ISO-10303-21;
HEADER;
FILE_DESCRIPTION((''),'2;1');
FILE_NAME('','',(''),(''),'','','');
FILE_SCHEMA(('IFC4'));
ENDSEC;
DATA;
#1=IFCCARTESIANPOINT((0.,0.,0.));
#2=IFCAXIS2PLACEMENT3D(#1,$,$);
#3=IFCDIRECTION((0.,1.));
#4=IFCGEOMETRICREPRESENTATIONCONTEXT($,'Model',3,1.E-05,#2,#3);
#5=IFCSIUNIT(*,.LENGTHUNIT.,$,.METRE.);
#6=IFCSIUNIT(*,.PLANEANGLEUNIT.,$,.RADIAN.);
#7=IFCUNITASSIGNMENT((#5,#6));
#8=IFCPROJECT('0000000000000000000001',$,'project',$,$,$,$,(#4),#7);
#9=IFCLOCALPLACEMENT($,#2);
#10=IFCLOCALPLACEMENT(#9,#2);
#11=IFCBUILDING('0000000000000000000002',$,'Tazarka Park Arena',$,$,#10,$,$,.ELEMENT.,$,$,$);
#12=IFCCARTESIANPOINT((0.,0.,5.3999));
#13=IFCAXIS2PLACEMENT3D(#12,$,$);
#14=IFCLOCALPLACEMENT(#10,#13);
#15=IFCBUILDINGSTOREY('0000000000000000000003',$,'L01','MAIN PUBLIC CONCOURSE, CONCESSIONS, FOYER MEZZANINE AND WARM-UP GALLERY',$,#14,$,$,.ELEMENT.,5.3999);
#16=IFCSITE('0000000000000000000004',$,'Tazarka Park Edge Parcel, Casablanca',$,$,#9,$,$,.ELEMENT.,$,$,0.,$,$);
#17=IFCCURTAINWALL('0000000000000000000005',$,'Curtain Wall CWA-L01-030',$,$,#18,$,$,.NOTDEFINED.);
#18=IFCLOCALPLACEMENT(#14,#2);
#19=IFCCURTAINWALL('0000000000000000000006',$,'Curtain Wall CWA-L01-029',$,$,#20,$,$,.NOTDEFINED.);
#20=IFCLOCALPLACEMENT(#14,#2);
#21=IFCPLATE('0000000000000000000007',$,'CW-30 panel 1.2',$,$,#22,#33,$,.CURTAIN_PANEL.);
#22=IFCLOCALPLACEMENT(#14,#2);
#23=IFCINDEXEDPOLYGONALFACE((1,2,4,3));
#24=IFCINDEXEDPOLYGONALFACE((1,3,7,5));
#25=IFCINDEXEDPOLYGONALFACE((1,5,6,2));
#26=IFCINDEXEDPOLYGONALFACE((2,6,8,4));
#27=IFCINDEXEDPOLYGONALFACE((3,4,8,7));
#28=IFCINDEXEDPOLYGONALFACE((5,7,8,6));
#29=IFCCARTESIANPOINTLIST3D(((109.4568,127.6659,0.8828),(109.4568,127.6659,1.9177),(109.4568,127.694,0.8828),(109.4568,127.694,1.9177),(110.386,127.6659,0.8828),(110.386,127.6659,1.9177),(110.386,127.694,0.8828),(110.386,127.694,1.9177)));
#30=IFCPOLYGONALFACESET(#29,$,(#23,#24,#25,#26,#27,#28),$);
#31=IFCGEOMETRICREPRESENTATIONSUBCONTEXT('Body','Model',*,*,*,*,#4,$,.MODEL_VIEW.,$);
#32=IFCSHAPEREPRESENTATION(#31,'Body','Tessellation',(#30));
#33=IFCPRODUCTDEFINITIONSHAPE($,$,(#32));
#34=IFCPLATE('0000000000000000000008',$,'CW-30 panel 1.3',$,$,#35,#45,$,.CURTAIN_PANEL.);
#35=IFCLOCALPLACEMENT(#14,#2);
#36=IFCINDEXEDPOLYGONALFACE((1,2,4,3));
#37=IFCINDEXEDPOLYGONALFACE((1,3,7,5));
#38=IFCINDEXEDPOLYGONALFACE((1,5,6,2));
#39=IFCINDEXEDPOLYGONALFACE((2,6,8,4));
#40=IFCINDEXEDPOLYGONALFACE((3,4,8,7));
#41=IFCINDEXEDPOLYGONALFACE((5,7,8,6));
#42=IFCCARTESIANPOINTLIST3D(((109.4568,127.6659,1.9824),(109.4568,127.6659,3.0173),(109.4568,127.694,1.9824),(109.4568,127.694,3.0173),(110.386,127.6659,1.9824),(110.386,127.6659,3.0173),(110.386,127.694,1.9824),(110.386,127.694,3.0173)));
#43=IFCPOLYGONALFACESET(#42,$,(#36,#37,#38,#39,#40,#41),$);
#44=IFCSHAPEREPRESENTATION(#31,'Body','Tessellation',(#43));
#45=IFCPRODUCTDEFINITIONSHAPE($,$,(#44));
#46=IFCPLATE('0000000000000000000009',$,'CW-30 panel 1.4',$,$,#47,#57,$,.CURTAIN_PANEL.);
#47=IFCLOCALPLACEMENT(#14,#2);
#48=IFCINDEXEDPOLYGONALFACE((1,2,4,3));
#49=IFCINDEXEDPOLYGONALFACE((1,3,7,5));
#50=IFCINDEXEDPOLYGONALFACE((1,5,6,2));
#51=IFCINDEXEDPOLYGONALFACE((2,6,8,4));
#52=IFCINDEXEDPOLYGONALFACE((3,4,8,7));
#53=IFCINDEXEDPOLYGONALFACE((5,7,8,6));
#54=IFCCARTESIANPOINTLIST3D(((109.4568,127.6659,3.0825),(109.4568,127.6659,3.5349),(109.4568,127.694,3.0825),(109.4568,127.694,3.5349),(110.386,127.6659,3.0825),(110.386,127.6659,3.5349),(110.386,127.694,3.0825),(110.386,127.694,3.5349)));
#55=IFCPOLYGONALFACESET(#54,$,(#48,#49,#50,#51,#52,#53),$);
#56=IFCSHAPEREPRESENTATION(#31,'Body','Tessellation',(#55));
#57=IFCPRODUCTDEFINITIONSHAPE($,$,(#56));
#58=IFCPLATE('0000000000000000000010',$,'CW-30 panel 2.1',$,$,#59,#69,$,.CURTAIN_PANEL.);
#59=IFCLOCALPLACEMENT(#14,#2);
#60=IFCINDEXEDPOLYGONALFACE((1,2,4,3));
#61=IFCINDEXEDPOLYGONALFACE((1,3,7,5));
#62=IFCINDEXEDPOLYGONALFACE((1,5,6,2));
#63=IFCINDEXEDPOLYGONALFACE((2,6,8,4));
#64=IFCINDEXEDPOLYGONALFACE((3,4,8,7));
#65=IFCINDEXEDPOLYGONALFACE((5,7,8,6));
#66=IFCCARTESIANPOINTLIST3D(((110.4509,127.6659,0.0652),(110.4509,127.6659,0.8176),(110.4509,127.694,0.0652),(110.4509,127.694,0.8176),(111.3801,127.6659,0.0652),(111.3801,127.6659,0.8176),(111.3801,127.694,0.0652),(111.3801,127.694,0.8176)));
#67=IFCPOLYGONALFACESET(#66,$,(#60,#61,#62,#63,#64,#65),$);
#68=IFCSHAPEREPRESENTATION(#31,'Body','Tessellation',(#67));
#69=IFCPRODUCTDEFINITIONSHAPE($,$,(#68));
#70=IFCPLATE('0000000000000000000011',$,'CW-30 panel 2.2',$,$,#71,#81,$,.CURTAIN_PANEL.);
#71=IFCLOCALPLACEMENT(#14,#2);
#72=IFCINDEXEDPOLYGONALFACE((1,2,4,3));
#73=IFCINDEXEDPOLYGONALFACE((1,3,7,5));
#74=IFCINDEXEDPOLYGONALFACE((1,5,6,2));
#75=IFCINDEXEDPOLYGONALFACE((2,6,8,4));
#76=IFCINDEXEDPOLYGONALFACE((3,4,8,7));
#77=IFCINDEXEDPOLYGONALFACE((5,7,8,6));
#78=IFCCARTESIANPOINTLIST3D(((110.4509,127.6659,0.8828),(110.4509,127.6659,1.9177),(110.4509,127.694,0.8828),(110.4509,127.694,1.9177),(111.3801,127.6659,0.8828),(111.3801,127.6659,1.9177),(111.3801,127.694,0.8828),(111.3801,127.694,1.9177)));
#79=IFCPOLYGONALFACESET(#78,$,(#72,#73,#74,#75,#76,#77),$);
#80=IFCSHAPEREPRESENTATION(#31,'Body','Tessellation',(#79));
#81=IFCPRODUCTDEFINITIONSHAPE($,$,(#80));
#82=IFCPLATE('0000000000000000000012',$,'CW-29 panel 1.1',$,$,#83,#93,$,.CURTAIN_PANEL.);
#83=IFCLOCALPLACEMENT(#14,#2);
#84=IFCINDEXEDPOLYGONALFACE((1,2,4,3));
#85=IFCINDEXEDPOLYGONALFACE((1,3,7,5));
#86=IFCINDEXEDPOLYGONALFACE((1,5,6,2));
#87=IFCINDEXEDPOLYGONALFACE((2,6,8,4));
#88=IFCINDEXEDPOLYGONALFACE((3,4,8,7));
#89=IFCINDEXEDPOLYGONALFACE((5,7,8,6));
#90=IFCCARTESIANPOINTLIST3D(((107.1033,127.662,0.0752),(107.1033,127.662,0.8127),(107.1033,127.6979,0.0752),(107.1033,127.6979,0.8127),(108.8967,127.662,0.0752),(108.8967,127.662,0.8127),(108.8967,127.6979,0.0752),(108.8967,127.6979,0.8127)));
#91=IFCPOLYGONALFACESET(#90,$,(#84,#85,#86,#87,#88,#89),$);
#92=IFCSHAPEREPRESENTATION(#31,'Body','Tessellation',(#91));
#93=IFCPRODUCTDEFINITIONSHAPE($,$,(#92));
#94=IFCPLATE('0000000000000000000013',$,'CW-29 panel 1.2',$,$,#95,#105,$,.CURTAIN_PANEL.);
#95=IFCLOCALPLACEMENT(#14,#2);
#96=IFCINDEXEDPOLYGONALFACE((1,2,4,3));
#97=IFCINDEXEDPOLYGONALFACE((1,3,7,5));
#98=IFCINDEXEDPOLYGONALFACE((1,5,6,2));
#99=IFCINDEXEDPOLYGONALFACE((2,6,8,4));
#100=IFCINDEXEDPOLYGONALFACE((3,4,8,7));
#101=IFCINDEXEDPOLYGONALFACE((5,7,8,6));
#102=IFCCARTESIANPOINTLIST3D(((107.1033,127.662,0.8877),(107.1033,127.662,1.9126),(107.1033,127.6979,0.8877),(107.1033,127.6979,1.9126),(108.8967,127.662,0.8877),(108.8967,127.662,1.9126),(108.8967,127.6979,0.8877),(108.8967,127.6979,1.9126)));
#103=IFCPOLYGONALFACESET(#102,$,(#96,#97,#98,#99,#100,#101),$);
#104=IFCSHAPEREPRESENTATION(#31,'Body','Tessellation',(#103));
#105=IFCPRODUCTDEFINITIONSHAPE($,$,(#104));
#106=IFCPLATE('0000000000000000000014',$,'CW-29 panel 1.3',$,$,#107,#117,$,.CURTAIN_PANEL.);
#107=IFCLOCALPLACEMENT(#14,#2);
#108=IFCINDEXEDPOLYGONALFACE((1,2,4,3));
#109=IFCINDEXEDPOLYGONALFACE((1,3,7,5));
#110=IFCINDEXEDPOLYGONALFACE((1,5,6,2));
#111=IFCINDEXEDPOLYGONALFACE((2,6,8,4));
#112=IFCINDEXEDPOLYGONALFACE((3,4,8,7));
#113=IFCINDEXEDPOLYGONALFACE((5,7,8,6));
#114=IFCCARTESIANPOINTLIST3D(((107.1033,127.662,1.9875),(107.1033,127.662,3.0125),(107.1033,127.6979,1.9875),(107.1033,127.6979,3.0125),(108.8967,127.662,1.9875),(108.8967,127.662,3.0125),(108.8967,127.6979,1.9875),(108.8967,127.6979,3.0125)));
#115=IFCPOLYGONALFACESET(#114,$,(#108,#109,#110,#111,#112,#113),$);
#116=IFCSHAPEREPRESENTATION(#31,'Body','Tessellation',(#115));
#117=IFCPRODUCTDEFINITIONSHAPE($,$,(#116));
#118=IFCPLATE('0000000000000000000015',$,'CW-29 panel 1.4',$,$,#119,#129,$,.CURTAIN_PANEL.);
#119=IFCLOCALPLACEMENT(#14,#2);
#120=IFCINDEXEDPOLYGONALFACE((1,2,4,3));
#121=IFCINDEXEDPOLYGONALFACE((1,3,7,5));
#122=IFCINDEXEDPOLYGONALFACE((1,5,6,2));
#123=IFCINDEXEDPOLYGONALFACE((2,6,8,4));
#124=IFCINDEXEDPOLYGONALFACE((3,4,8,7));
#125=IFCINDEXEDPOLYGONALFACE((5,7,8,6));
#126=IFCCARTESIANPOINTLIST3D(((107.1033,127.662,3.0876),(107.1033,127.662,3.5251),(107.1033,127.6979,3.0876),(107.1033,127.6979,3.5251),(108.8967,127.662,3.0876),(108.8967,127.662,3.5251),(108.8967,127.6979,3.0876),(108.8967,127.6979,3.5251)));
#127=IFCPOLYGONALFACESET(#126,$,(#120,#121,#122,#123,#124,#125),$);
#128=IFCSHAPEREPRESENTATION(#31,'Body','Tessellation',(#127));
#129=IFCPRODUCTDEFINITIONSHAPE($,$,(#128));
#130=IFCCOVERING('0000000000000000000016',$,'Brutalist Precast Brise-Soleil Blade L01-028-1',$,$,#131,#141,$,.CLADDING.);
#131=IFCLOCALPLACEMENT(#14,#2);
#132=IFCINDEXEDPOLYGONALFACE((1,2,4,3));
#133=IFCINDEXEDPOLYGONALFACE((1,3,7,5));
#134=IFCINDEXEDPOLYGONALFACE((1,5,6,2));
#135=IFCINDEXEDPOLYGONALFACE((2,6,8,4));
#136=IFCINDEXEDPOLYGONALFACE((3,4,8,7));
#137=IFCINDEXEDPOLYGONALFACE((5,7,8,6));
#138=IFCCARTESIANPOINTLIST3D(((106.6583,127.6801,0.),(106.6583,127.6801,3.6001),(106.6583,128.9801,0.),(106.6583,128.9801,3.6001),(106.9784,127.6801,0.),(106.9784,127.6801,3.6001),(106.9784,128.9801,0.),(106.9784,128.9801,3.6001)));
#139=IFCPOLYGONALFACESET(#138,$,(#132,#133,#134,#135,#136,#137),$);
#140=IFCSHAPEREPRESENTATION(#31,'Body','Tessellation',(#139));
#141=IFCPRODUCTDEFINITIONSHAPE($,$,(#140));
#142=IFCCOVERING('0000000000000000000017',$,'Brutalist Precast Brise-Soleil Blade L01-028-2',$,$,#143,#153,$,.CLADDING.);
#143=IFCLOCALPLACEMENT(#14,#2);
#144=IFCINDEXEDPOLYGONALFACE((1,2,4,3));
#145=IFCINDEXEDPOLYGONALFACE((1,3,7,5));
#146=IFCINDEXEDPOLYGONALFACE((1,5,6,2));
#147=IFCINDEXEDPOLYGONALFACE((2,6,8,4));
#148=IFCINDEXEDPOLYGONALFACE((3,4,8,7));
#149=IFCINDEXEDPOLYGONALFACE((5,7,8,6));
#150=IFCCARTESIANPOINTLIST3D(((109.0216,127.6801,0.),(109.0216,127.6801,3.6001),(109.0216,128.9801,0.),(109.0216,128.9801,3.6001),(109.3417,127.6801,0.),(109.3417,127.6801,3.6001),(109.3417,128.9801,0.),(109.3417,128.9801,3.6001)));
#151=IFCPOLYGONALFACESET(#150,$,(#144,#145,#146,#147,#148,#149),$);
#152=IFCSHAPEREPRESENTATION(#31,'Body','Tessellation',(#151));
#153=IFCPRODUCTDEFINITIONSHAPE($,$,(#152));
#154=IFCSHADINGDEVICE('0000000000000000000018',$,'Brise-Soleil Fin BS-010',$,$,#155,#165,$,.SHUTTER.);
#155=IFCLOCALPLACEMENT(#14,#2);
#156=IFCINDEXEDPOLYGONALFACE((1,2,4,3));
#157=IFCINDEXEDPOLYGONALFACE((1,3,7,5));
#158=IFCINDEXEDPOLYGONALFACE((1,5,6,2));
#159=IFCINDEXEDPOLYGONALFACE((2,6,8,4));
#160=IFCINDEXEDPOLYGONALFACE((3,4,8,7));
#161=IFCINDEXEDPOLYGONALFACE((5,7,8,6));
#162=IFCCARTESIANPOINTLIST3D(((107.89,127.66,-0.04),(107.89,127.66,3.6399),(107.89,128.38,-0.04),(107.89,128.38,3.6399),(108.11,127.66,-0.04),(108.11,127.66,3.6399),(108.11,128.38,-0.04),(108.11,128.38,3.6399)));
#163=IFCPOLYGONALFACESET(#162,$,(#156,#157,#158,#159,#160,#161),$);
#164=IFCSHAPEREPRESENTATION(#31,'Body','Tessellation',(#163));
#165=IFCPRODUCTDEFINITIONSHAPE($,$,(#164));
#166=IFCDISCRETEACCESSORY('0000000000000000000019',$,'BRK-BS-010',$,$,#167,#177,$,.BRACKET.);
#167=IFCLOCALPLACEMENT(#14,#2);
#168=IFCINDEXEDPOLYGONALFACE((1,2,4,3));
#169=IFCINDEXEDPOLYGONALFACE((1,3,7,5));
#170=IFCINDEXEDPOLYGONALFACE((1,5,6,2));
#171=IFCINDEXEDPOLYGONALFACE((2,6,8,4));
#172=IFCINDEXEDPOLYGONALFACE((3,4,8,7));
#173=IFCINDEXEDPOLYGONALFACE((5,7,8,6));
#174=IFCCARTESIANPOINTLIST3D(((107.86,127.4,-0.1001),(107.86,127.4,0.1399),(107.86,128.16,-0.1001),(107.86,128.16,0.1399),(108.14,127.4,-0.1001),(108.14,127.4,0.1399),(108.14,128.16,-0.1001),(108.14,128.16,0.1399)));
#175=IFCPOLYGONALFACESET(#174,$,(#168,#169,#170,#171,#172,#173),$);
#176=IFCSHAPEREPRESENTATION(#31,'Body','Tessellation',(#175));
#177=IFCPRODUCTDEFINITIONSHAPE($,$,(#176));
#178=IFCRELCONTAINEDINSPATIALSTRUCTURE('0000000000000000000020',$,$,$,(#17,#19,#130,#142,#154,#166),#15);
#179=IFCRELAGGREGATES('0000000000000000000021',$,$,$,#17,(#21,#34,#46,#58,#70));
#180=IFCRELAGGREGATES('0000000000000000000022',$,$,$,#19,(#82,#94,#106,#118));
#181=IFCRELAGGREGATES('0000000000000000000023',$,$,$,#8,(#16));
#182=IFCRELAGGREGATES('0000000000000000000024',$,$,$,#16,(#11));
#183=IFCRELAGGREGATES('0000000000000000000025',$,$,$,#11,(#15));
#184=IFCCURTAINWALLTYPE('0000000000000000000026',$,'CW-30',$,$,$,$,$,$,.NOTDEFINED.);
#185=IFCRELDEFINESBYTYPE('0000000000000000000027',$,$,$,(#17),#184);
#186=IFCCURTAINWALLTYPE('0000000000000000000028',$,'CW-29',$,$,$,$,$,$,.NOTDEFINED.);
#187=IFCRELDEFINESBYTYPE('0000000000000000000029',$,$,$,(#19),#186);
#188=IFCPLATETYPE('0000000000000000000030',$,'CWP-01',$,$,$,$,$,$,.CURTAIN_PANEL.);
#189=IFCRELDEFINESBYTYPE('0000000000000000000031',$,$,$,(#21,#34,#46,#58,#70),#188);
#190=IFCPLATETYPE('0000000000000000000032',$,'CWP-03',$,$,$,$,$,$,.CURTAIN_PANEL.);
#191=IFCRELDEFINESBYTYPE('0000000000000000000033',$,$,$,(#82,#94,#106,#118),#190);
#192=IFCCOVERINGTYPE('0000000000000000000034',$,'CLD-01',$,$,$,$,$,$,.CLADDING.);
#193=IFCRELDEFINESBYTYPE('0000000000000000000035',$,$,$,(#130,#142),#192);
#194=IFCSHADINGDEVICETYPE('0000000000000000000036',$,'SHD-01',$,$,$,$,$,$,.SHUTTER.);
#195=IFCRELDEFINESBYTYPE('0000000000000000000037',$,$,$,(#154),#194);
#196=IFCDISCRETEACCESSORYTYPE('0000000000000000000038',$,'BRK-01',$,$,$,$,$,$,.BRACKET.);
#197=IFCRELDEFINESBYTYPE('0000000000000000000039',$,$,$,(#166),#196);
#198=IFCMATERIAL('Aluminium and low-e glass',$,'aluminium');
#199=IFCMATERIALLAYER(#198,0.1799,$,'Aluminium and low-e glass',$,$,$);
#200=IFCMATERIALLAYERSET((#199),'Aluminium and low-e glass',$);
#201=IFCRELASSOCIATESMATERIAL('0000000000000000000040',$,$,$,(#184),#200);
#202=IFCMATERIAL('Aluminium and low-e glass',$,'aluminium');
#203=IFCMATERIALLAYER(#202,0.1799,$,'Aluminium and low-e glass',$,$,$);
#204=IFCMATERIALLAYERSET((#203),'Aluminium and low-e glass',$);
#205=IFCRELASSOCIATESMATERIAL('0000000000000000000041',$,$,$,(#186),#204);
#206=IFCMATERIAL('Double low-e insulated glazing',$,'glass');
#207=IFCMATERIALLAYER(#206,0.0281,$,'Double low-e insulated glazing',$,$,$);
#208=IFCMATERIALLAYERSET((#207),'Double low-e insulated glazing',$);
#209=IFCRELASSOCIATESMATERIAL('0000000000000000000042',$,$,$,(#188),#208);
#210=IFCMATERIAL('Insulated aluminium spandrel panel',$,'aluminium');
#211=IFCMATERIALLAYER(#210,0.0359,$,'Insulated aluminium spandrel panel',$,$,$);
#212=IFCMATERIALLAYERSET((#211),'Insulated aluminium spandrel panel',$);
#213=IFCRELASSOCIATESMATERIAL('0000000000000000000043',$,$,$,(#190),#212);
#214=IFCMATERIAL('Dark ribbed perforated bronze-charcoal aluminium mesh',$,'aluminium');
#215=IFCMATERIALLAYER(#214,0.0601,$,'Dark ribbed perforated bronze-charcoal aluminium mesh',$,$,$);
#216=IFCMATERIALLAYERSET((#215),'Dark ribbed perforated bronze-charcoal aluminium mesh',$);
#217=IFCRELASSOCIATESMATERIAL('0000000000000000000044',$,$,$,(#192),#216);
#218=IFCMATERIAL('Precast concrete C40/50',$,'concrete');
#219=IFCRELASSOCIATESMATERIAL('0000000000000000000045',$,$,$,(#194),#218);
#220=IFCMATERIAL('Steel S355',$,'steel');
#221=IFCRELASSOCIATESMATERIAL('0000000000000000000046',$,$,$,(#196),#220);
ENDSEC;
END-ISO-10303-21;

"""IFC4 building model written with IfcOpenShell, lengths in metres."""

from ifc_helpers import new_model, si_unit, direction, frame, origin, origin_2d, place, context, subcontext, project, spatial, rectangle, extrude, material, layer, layer_set, type_object, element, aggregate, save


model = new_model("IFC4")

# Units and contexts
model_context = context("Model", 3, precision=1e-05, world=origin(), true_north=direction((0.0, 1.0)))
body_context = subcontext(model_context, "Body", "Model", "MODEL_VIEW")
ifc_project = project(units=[si_unit("LENGTHUNIT", "METRE"), si_unit("PLANEANGLEUNIT", "RADIAN")], contexts=[model_context])

# Site, building, storey
site_placement = place(None, origin())
site = spatial("IfcSite", under=ifc_project, at=site_placement, Name="Tazarka Park Edge Parcel, Casablanca", CompositionType="ELEMENT", RefElevation=0.0)
building_placement = place(site_placement, origin())
building = spatial("IfcBuilding", under=site, at=building_placement, Name="Tazarka Park Arena", CompositionType="ELEMENT")
storey_placement = place(building_placement, frame((0.0, 0.0, 5.3999)))
storey = spatial("IfcBuildingStorey", under=building, at=storey_placement, Name="L01", Description="MAIN PUBLIC CONCOURSE, CONCESSIONS, FOYER MEZZANINE AND WARM-UP GALLERY", CompositionType="ELEMENT", Elevation=5.3999)

# Curtain wall
ifc_material_1 = material(Name="Aluminium and low-e glass", Category="aluminium")
ifc_layer_1 = layer(ifc_material_1, 0.1799, Name="Aluminium and low-e glass")
ifc_layer_set_1 = layer_set([ifc_layer_1], Name="Aluminium and low-e glass")
curtain_wall_type_1 = type_object("IfcCurtainWallType", Name="CW-30", PredefinedType="NOTDEFINED", material=ifc_layer_set_1)
curtain_wall_1_placement = place(storey_placement, origin())
curtain_wall_1 = element("IfcCurtainWall", 1, at=curtain_wall_1_placement, inside=storey, type_object=curtain_wall_type_1, Name="Curtain Wall CWA-L01-030", PredefinedType="NOTDEFINED")

# Curtain wall
ifc_material_2 = material(Name="Aluminium and low-e glass", Category="aluminium")
ifc_layer_2 = layer(ifc_material_2, 0.1799, Name="Aluminium and low-e glass")
ifc_layer_set_2 = layer_set([ifc_layer_2], Name="Aluminium and low-e glass")
curtain_wall_type_2 = type_object("IfcCurtainWallType", Name="CW-29", PredefinedType="NOTDEFINED", material=ifc_layer_set_2)
curtain_wall_2_placement = place(storey_placement, origin())
curtain_wall_2 = element("IfcCurtainWall", 2, at=curtain_wall_2_placement, inside=storey, type_object=curtain_wall_type_2, Name="Curtain Wall CWA-L01-029", PredefinedType="NOTDEFINED")

# Plates
ifc_material_3 = material(Name="Double low-e insulated glazing", Category="glass")
ifc_layer_3 = layer(ifc_material_3, 0.0281, Name="Double low-e insulated glazing")
ifc_layer_set_3 = layer_set([ifc_layer_3], Name="Double low-e insulated glazing")
plate_type_1 = type_object("IfcPlateType", Name="CWP-01", PredefinedType="CURTAIN_PANEL", material=ifc_layer_set_3)
plate_1_placement = place(storey_placement, frame((109.9214, 127.6799, 0.8828), z_axis=(0.0, 0.0, 1.0), x_axis=(1.0, 0.0, 0.0)))
plate_1 = element("IfcPlate", 3, at=plate_1_placement, type_object=plate_type_1, Name="CW-30 panel 1.2", PredefinedType="CURTAIN_PANEL", context=body_context, shape_type="SweptSolid", body=[
    extrude(rectangle(XDim=0.9292, YDim=0.0281, at=origin_2d()), origin(), (0.0, 0.0, 1.0), 1.0349),
])
plate_2_placement = place(storey_placement, frame((109.9214, 127.6799, 1.9824), z_axis=(0.0, 0.0, 1.0), x_axis=(1.0, 0.0, 0.0)))
plate_2 = element("IfcPlate", 4, at=plate_2_placement, type_object=plate_type_1, Name="CW-30 panel 1.3", PredefinedType="CURTAIN_PANEL", context=body_context, shape_type="SweptSolid", body=[
    extrude(rectangle(XDim=0.9292, YDim=0.0281, at=origin_2d()), origin(), (0.0, 0.0, 1.0), 1.0349),
])
plate_3_placement = place(storey_placement, frame((109.9214, 127.6799, 3.0825), z_axis=(0.0, 0.0, 1.0), x_axis=(1.0, 0.0, 0.0)))
plate_3 = element("IfcPlate", 5, at=plate_3_placement, type_object=plate_type_1, Name="CW-30 panel 1.4", PredefinedType="CURTAIN_PANEL", context=body_context, shape_type="SweptSolid", body=[
    extrude(rectangle(XDim=0.9292, YDim=0.0281, at=origin_2d()), origin(), (0.0, 0.0, 1.0), 0.4524),
])
plate_4_placement = place(storey_placement, frame((110.9155, 127.6799, 0.0652), z_axis=(0.0, 0.0, 1.0), x_axis=(1.0, 0.0, 0.0)))
plate_4 = element("IfcPlate", 6, at=plate_4_placement, type_object=plate_type_1, Name="CW-30 panel 2.1", PredefinedType="CURTAIN_PANEL", context=body_context, shape_type="SweptSolid", body=[
    extrude(rectangle(XDim=0.9292, YDim=0.0281, at=origin_2d()), origin(), (0.0, 0.0, 1.0), 0.7524),
])
plate_5_placement = place(storey_placement, frame((110.9155, 127.6799, 0.8828), z_axis=(0.0, 0.0, 1.0), x_axis=(1.0, 0.0, 0.0)))
plate_5 = element("IfcPlate", 7, at=plate_5_placement, type_object=plate_type_1, Name="CW-30 panel 2.2", PredefinedType="CURTAIN_PANEL", context=body_context, shape_type="SweptSolid", body=[
    extrude(rectangle(XDim=0.9292, YDim=0.0281, at=origin_2d()), origin(), (0.0, 0.0, 1.0), 1.0349),
])
aggregate(curtain_wall_1, [plate_1, plate_2, plate_3, plate_4, plate_5])
ifc_material_4 = material(Name="Insulated aluminium spandrel panel", Category="aluminium")
ifc_layer_4 = layer(ifc_material_4, 0.0359, Name="Insulated aluminium spandrel panel")
ifc_layer_set_4 = layer_set([ifc_layer_4], Name="Insulated aluminium spandrel panel")
plate_type_2 = type_object("IfcPlateType", Name="CWP-03", PredefinedType="CURTAIN_PANEL", material=ifc_layer_set_4)
plate_6_placement = place(storey_placement, frame((108.0, 127.6799, 0.0752), z_axis=(0.0, 0.0, 1.0), x_axis=(1.0, 0.0, 0.0)))
plate_6 = element("IfcPlate", 8, at=plate_6_placement, type_object=plate_type_2, Name="CW-29 panel 1.1", PredefinedType="CURTAIN_PANEL", context=body_context, shape_type="SweptSolid", body=[
    extrude(rectangle(XDim=1.7935, YDim=0.0359, at=origin_2d()), origin(), (0.0, 0.0, 1.0), 0.7375),
])
plate_7_placement = place(storey_placement, frame((108.0, 127.6799, 0.8877), z_axis=(0.0, 0.0, 1.0), x_axis=(1.0, 0.0, 0.0)))
plate_7 = element("IfcPlate", 9, at=plate_7_placement, type_object=plate_type_2, Name="CW-29 panel 1.2", PredefinedType="CURTAIN_PANEL", context=body_context, shape_type="SweptSolid", body=[
    extrude(rectangle(XDim=1.7935, YDim=0.0359, at=origin_2d()), origin(), (0.0, 0.0, 1.0), 1.0249),
])
plate_8_placement = place(storey_placement, frame((108.0, 127.6799, 1.9875), z_axis=(0.0, 0.0, 1.0), x_axis=(1.0, 0.0, 0.0)))
plate_8 = element("IfcPlate", 10, at=plate_8_placement, type_object=plate_type_2, Name="CW-29 panel 1.3", PredefinedType="CURTAIN_PANEL", context=body_context, shape_type="SweptSolid", body=[
    extrude(rectangle(XDim=1.7935, YDim=0.0359, at=origin_2d()), origin(), (0.0, 0.0, 1.0), 1.0249),
])
plate_9_placement = place(storey_placement, frame((108.0, 127.6799, 3.0876), z_axis=(0.0, 0.0, 1.0), x_axis=(1.0, 0.0, 0.0)))
plate_9 = element("IfcPlate", 11, at=plate_9_placement, type_object=plate_type_2, Name="CW-29 panel 1.4", PredefinedType="CURTAIN_PANEL", context=body_context, shape_type="SweptSolid", body=[
    extrude(rectangle(XDim=1.7935, YDim=0.0359, at=origin_2d()), origin(), (0.0, 0.0, 1.0), 0.4375),
])
aggregate(curtain_wall_2, [plate_6, plate_7, plate_8, plate_9])

# Coverings
ifc_material_5 = material(Name="Dark ribbed perforated bronze-charcoal aluminium mesh", Category="aluminium")
ifc_layer_5 = layer(ifc_material_5, 0.0601, Name="Dark ribbed perforated bronze-charcoal aluminium mesh")
ifc_layer_set_5 = layer_set([ifc_layer_5], Name="Dark ribbed perforated bronze-charcoal aluminium mesh")
covering_type = type_object("IfcCoveringType", Name="CLD-01", PredefinedType="CLADDING", material=ifc_layer_set_5)
for number, where, z_axis, x_axis, name in (
    (12, (106.8184, 128.3301, 0.0), (0.0, 0.0, 1.0), (1.0, 0.0, 0.0), "Brutalist Precast Brise-Soleil Blade L01-028-1"),
    (13, (109.1816, 128.3301, 0.0), (0.0, 0.0, 1.0), (1.0, 0.0, 0.0), "Brutalist Precast Brise-Soleil Blade L01-028-2"),
):
    element("IfcCovering", number, at=place(storey_placement, frame(where, z_axis=z_axis, x_axis=x_axis)), inside=storey, type_object=covering_type, Name=name, PredefinedType="CLADDING", context=body_context, shape_type="SweptSolid", body=[
        extrude(rectangle(XDim=0.3201, YDim=1.3, at=origin_2d()), origin(), (0.0, 0.0, 1.0), 3.6001),
    ])

# Shading device
ifc_material_6 = material(Name="Precast concrete C40/50", Category="concrete")
shading_device_type = type_object("IfcShadingDeviceType", Name="SHD-01", PredefinedType="SHUTTER", material=ifc_material_6)
shading_device_placement = place(storey_placement, frame((108.0, 128.02, -0.04), z_axis=(0.0, 0.0, 1.0), x_axis=(1.0, 0.0, 0.0)))
element("IfcShadingDevice", 14, at=shading_device_placement, inside=storey, type_object=shading_device_type, Name="Brise-Soleil Fin BS-010", PredefinedType="SHUTTER", context=body_context, shape_type="SweptSolid", body=[
    extrude(rectangle(XDim=0.22, YDim=0.72, at=origin_2d()), origin(), (0.0, 0.0, 1.0), 3.6799),
])

# Discrete accessory
ifc_material_7 = material(Name="Steel S355", Category="steel")
discrete_accessory_type = type_object("IfcDiscreteAccessoryType", Name="BRK-01", PredefinedType="BRACKET", material=ifc_material_7)
discrete_accessory_placement = place(storey_placement, frame((108.0, 127.78, -0.1001), z_axis=(0.0, 0.0, 1.0), x_axis=(1.0, 0.0, 0.0)))
element("IfcDiscreteAccessory", 15, at=discrete_accessory_placement, inside=storey, type_object=discrete_accessory_type, Name="BRK-BS-010", PredefinedType="BRACKET", context=body_context, shape_type="SweptSolid", body=[
    extrude(rectangle(XDim=0.28, YDim=0.76, at=origin_2d()), origin(), (0.0, 0.0, 1.0), 0.24),
])

save(model, "model.ifc")
